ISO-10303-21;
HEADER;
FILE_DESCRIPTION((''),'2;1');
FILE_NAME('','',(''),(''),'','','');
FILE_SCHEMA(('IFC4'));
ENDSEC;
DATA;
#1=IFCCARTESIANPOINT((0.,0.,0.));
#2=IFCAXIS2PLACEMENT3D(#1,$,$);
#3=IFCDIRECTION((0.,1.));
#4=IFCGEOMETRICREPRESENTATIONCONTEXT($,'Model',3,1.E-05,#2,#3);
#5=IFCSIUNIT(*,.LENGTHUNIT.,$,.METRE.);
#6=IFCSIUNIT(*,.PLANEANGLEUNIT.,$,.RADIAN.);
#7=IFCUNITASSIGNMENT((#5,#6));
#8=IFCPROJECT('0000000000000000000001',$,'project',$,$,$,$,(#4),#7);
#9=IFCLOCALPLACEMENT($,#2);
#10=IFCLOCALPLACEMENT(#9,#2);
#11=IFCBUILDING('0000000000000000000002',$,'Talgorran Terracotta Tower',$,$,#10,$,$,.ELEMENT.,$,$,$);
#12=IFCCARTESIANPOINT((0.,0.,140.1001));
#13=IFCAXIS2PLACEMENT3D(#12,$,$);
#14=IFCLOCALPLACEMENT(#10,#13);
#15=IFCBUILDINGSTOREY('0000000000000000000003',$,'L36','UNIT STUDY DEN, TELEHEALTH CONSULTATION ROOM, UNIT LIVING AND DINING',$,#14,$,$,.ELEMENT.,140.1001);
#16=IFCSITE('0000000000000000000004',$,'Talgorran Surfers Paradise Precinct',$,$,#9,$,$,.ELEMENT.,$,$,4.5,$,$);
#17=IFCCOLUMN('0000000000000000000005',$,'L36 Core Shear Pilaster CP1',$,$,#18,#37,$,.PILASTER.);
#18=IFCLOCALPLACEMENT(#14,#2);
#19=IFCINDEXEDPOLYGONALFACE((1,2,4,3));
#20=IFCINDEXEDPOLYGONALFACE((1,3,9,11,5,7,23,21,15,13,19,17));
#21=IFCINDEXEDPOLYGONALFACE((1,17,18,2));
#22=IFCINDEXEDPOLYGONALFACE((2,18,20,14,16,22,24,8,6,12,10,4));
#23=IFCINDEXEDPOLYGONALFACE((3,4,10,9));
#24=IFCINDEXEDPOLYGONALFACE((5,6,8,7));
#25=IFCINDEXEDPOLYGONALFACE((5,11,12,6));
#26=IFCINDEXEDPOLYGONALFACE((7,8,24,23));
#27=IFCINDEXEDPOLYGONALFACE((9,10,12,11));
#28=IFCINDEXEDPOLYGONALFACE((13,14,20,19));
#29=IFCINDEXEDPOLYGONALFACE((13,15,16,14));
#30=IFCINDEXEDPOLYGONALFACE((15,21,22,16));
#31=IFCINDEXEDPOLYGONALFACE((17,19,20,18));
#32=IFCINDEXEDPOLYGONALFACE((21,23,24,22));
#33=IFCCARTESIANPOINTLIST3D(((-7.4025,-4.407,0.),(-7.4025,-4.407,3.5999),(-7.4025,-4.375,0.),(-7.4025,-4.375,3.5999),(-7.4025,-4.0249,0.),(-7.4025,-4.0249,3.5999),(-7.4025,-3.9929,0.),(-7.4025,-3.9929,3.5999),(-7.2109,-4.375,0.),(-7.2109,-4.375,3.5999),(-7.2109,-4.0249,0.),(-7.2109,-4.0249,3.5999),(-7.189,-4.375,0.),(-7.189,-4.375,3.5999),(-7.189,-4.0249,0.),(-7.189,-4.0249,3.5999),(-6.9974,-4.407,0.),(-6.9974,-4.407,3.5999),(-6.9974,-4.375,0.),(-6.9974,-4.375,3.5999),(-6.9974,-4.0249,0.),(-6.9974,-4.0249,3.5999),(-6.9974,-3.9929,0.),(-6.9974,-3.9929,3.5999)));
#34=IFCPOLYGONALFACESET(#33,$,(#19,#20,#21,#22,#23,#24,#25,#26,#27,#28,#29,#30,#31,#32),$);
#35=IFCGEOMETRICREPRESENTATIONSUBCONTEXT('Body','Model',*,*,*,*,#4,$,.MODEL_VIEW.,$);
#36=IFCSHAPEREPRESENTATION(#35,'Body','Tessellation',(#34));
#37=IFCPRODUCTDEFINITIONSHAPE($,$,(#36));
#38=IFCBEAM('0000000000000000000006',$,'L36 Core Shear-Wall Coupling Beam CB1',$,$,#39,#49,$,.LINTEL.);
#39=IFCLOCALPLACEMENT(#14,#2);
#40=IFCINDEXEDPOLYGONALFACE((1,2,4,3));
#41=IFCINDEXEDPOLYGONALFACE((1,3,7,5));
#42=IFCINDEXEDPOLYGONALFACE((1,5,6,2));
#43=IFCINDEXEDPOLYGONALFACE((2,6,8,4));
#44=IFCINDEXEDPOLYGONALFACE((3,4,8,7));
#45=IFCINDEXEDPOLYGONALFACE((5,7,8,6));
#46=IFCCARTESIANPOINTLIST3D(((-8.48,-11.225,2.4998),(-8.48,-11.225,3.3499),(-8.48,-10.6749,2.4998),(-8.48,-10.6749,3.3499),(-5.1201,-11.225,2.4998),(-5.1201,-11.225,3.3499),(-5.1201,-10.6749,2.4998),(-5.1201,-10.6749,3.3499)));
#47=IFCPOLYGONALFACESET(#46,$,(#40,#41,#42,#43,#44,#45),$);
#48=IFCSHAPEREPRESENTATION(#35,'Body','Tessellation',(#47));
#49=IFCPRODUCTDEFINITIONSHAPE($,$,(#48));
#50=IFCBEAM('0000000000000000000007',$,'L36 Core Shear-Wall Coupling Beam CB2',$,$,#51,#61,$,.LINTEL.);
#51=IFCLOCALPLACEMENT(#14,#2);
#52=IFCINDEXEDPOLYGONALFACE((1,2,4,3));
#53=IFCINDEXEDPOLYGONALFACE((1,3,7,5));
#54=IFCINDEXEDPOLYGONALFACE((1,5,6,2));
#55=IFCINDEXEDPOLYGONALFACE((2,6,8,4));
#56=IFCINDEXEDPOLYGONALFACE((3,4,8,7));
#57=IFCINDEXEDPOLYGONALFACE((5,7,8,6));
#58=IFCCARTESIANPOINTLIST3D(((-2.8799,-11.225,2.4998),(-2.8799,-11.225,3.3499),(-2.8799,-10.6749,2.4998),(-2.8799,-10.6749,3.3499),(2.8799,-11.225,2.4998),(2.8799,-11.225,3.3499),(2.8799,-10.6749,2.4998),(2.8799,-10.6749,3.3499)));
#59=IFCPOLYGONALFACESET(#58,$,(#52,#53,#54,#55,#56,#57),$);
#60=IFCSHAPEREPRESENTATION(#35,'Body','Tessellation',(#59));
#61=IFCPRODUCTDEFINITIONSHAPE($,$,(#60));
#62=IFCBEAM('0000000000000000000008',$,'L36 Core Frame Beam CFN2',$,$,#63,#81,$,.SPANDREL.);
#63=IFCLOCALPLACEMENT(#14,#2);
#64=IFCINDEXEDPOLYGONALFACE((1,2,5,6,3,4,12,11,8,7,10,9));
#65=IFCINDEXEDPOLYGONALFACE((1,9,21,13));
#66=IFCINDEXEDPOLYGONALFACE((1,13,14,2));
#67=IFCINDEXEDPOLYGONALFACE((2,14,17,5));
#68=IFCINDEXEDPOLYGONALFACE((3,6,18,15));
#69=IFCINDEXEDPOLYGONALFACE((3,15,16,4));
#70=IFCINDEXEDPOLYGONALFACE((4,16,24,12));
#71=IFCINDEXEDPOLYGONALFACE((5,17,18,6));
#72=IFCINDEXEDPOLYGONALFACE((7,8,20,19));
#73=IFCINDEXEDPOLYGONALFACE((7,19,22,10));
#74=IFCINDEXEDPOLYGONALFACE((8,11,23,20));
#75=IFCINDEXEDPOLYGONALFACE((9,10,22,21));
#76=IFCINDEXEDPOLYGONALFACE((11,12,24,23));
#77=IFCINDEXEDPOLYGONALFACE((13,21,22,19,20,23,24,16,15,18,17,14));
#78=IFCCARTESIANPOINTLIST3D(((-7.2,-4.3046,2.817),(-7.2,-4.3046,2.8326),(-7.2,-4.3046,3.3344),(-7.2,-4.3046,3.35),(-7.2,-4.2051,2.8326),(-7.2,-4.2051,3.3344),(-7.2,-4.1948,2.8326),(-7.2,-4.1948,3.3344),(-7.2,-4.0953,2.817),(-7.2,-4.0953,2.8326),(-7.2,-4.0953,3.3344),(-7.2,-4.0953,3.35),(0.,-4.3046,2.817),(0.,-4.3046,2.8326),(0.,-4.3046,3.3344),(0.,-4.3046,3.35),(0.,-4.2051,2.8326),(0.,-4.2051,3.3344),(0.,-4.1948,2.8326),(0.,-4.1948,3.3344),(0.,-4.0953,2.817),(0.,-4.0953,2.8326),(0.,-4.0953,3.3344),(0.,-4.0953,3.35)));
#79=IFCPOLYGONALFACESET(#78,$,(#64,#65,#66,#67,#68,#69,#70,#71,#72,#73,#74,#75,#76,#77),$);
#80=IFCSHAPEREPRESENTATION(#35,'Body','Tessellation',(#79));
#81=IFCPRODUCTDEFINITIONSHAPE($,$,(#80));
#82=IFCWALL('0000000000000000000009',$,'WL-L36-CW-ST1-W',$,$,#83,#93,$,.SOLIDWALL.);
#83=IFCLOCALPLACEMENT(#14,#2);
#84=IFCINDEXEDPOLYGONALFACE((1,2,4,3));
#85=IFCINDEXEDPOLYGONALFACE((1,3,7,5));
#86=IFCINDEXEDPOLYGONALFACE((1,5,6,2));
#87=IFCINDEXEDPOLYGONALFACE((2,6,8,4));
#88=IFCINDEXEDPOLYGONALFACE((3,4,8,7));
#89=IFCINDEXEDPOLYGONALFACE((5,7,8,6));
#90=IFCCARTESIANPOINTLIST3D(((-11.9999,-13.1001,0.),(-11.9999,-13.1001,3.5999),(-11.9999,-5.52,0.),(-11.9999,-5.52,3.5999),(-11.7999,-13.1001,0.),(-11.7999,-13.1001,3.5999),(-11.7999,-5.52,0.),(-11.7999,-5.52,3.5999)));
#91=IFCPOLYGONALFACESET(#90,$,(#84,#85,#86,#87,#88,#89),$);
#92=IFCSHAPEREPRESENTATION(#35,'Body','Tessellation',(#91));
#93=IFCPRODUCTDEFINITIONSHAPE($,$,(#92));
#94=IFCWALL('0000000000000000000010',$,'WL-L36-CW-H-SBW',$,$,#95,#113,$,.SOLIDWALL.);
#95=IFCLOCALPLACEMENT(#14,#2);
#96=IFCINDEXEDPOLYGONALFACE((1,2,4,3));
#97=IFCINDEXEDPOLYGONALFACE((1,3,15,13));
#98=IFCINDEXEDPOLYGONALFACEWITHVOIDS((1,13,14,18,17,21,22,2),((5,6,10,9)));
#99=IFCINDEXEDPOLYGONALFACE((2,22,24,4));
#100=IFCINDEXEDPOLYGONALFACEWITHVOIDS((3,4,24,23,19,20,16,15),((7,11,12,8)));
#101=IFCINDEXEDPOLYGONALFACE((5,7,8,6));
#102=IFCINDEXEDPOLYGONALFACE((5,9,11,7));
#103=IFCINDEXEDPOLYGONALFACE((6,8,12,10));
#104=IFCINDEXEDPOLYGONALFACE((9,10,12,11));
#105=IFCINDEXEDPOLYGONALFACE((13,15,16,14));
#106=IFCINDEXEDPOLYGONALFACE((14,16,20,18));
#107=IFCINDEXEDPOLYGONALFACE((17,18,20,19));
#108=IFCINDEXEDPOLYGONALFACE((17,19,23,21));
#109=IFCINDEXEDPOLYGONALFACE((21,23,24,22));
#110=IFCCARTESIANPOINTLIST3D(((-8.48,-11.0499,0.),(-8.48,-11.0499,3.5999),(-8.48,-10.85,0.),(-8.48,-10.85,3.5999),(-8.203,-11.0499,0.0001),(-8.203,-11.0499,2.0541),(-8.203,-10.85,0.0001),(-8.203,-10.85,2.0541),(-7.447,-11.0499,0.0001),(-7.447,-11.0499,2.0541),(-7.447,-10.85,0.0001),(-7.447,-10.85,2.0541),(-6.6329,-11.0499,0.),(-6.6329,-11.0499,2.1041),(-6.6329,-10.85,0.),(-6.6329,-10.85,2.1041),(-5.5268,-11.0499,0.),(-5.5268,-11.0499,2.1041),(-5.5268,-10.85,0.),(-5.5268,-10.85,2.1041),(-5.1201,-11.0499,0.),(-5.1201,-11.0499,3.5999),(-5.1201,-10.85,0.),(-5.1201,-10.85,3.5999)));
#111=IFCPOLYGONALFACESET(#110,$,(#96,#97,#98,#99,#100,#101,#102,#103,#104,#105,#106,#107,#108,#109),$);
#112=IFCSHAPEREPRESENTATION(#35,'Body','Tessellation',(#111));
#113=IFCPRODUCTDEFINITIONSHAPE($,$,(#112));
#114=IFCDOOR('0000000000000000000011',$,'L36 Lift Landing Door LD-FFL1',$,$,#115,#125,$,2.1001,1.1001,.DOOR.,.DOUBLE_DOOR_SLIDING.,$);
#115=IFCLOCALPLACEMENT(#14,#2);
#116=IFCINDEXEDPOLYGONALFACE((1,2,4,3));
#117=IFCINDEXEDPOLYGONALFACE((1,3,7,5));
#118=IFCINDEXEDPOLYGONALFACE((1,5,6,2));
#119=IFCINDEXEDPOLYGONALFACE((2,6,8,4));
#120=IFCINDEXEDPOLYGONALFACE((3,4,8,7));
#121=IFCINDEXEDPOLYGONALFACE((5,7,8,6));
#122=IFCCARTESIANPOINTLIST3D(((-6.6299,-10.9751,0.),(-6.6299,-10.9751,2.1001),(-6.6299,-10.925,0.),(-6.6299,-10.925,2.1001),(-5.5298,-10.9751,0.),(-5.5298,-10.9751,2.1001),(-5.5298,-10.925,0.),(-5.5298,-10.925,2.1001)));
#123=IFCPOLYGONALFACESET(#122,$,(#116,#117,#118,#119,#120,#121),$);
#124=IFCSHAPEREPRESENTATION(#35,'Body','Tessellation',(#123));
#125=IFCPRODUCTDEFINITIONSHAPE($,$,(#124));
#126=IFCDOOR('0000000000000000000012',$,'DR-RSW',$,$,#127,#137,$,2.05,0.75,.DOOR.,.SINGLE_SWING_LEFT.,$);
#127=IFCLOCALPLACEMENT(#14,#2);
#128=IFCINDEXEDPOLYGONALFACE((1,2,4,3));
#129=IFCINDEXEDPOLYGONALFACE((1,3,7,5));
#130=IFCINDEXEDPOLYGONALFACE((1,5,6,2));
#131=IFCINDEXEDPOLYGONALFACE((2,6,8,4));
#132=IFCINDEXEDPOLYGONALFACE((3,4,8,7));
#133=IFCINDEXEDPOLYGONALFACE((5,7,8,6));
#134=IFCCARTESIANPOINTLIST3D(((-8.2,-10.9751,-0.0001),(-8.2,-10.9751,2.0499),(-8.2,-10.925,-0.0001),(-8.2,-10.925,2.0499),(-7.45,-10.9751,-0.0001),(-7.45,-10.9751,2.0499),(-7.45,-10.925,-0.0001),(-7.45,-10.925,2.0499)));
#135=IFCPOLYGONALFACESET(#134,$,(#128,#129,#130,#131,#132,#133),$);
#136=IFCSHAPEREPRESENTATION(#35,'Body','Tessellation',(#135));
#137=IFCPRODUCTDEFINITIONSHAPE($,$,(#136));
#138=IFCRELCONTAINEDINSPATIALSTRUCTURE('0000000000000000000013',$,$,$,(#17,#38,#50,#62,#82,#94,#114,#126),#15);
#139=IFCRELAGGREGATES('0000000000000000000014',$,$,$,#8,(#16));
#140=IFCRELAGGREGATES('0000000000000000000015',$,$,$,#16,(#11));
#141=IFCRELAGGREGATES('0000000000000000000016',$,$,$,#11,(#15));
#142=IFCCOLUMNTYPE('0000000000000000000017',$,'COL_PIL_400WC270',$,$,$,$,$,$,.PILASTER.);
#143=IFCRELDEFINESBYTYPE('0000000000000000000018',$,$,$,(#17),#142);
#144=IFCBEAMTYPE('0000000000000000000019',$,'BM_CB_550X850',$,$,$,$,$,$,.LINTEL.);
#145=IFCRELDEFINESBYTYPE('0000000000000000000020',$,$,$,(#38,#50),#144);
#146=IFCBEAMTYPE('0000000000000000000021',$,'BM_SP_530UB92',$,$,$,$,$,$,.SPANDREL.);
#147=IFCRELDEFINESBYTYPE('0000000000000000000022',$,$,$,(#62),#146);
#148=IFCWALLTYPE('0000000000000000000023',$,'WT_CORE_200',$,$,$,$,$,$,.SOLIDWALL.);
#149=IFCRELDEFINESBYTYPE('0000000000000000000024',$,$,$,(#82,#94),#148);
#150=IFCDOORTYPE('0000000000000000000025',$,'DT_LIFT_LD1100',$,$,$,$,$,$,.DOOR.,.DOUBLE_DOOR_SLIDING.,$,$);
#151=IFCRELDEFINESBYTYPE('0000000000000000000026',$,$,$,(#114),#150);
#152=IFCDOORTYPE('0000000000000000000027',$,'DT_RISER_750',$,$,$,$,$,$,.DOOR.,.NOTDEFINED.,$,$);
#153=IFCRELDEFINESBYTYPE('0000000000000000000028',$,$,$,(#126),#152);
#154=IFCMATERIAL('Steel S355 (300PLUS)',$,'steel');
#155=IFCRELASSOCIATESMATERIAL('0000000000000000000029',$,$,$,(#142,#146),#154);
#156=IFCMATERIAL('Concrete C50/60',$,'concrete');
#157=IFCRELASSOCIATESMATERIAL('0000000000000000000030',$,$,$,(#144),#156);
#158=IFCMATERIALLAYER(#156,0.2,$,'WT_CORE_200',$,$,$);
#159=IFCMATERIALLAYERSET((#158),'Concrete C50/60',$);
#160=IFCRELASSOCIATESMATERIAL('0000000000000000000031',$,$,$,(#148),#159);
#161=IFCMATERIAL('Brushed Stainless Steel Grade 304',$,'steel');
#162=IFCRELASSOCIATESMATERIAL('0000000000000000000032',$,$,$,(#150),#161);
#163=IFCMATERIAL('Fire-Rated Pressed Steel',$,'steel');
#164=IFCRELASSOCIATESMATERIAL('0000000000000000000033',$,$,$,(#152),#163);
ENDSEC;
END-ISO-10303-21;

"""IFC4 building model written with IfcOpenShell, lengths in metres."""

from ifc_helpers import new_model, si_unit, direction, frame, frame_2d, origin, origin_2d, place, context, subcontext, project, spatial, rectangle, i_section, extrude, material, layer, layer_set, material_profile, profile_set, type_object, element, fill, save


model = new_model("IFC4")

# Units and contexts
model_context = context("Model", 3, precision=1e-05, world=origin(), true_north=direction((0.0, 1.0)))
body_context = subcontext(model_context, "Body", "Model", "MODEL_VIEW")
ifc_project = project(units=[si_unit("LENGTHUNIT", "METRE"), si_unit("PLANEANGLEUNIT", "RADIAN")], contexts=[model_context])

# Site, building, storey
site_placement = place(None, origin())
site = spatial("IfcSite", under=ifc_project, at=site_placement, Name="Talgorran Surfers Paradise Precinct", CompositionType="ELEMENT", RefElevation=4.5)
building_placement = place(site_placement, origin())
building = spatial("IfcBuilding", under=site, at=building_placement, Name="Talgorran Terracotta Tower", CompositionType="ELEMENT")
storey_placement = place(building_placement, frame((0.0, 0.0, 140.1001)))
storey = spatial("IfcBuildingStorey", under=building, at=storey_placement, Name="L36", Description="UNIT STUDY DEN, TELEHEALTH CONSULTATION ROOM, UNIT LIVING AND DINING", CompositionType="ELEMENT", Elevation=140.1001)

# Column
ifc_material_1 = material(Name="Steel S355 (300PLUS)", Category="steel")
ifc_material_profile_1 = material_profile(ifc_material_1, i_section(OverallWidth=0.405, OverallDepth=0.4141, WebThickness=0.022, FlangeThickness=0.032, at=origin_2d()), Name="400WC270")
ifc_profile_set_1 = profile_set([ifc_material_profile_1], Name="Steel S355 (300PLUS)")
column_type = type_object("IfcColumnType", Name="COL_PIL_400WC270", PredefinedType="PILASTER", material=ifc_profile_set_1)
column_placement = place(storey_placement, frame((-7.2, -4.2, 0.0), z_axis=(0.0, 0.0, 1.0), x_axis=(1.0, 0.0, 0.0)))
element("IfcColumn", 1, at=column_placement, inside=storey, type_object=column_type, Name="L36 Core Shear Pilaster CP1", PredefinedType="PILASTER", context=body_context, shape_type="SweptSolid", body=[
    extrude(i_section(OverallWidth=0.405, OverallDepth=0.4141, WebThickness=0.022, FlangeThickness=0.032, at=origin_2d()), origin(), (0.0, 0.0, 1.0), 3.5999),
])

# Beams
ifc_material_2 = material(Name="Concrete C50/60", Category="concrete")
ifc_material_profile_2 = material_profile(ifc_material_2, rectangle(XDim=0.55, YDim=0.8501, at=origin_2d()), Name="RCCB550X850")
ifc_profile_set_2 = profile_set([ifc_material_profile_2], Name="Concrete C50/60")
beam_type_1 = type_object("IfcBeamType", Name="BM_CB_550X850", PredefinedType="LINTEL", material=ifc_profile_set_2)
beam_1_placement = place(storey_placement, frame((-8.48, -10.95, 2.9248), z_axis=(1.0, 0.0, 0.0), x_axis=(0.0, 1.0, 0.0)))
element("IfcBeam", 2, at=beam_1_placement, inside=storey, type_object=beam_type_1, Name="L36 Core Shear-Wall Coupling Beam CB1", PredefinedType="LINTEL", context=body_context, shape_type="SweptSolid", body=[
    extrude(rectangle(XDim=0.55, YDim=0.8501, at=origin_2d()), origin(), (0.0, 0.0, 1.0), 3.3599),
])
beam_2_placement = place(storey_placement, frame((-2.8799, -10.95, 2.9248), z_axis=(1.0, 0.0, 0.0), x_axis=(0.0, 1.0, 0.0)))
element("IfcBeam", 3, at=beam_2_placement, inside=storey, type_object=beam_type_1, Name="L36 Core Shear-Wall Coupling Beam CB2", PredefinedType="LINTEL", context=body_context, shape_type="SweptSolid", body=[
    extrude(rectangle(XDim=0.55, YDim=0.8501, at=origin_2d()), origin(), (0.0, 0.0, 1.0), 5.7598),
])
ifc_material_profile_3 = material_profile(ifc_material_1, i_section(OverallWidth=0.2092, OverallDepth=0.533, WebThickness=0.0103, FlangeThickness=0.0156, at=origin_2d()), Name="530UB92.4")
ifc_profile_set_3 = profile_set([ifc_material_profile_3], Name="Steel S355 (300PLUS)")
beam_type_2 = type_object("IfcBeamType", Name="BM_SP_530UB92", PredefinedType="SPANDREL", material=ifc_profile_set_3)
beam_3_placement = place(storey_placement, frame((-7.2, -4.2, 3.0835), z_axis=(1.0, 0.0, 0.0), x_axis=(0.0, 1.0, 0.0)))
element("IfcBeam", 4, at=beam_3_placement, inside=storey, type_object=beam_type_2, Name="L36 Core Frame Beam CFN2", PredefinedType="SPANDREL", context=body_context, shape_type="SweptSolid", body=[
    extrude(i_section(OverallWidth=0.2092, OverallDepth=0.533, WebThickness=0.0103, FlangeThickness=0.0156, at=origin_2d()), origin(), (0.0, 0.0, 1.0), 7.2),
])

# Wall
ifc_layer_1 = layer(ifc_material_2, 0.2, Name="WT_CORE_200")
ifc_layer_set_1 = layer_set([ifc_layer_1], Name="Concrete C50/60")
wall_type_1 = type_object("IfcWallType", Name="WT_CORE_200", PredefinedType="SOLIDWALL", material=ifc_layer_set_1)
wall_1_placement = place(storey_placement, frame((-11.8999, -13.1001, 0.0), z_axis=(0.0, 0.0, 1.0), x_axis=(0.0, 1.0, 0.0)))
element("IfcWall", 5, at=wall_1_placement, inside=storey, type_object=wall_type_1, Name="WL-L36-CW-ST1-W", PredefinedType="SOLIDWALL", context=body_context, shape_type="SweptSolid", body=[
    extrude(rectangle(XDim=7.5801, YDim=0.2, at=frame_2d((3.79, 0.0))), origin(), (0.0, 0.0, 1.0), 3.5999),
])

# Wall, openings, doors
wall_2_placement = place(storey_placement, frame((-8.48, -10.95, 0.0), z_axis=(0.0, 0.0, 1.0), x_axis=(1.0, 0.0, 0.0)))
wall_2 = element("IfcWall", 6, at=wall_2_placement, inside=storey, type_object=wall_type_1, Name="WL-L36-CW-H-SBW", PredefinedType="SOLIDWALL", context=body_context, shape_type="SweptSolid", body=[
    extrude(rectangle(XDim=3.3599, YDim=0.2, at=frame_2d((1.6799, 0.0))), origin(), (0.0, 0.0, 1.0), 3.5999),
])
opening_1_placement = place(wall_2_placement, frame((0.28, 0.0, 0.0)))
opening_1 = element("IfcOpeningElement", 7, at=opening_1_placement, cuts=wall_2, PredefinedType="OPENING", context=body_context, shape_type="SweptSolid", body=[
    extrude(rectangle(XDim=0.756, YDim=2.054, at=frame_2d((0.375, 1.0271))), frame((0.0, 0.1099, 0.0), z_axis=(0.0, -1.0, 0.0), x_axis=(1.0, 0.0, 0.0)), (0.0, 0.0, 1.0), 0.22),
])
opening_2_placement = place(wall_2_placement, frame((1.8501, 0.0, 0.0)))
opening_2 = element("IfcOpeningElement", 8, at=opening_2_placement, cuts=wall_2, PredefinedType="OPENING", context=body_context, shape_type="SweptSolid", body=[
    extrude(rectangle(XDim=1.1061, YDim=2.1041, at=frame_2d((0.55, 1.052))), frame((0.0, 0.1099, 0.0), z_axis=(0.0, -1.0, 0.0), x_axis=(1.0, 0.0, 0.0)), (0.0, 0.0, 1.0), 0.22),
])
ifc_material_3 = material(Name="Brushed Stainless Steel Grade 304", Category="steel")
door_type_1 = type_object("IfcDoorType", Name="DT_LIFT_LD1100", OperationType="DOUBLE_DOOR_SLIDING", PredefinedType="DOOR", material=ifc_material_3)
door_1_placement = place(opening_2_placement, origin())
door_1 = element("IfcDoor", 9, at=door_1_placement, inside=storey, type_object=door_type_1, Name="L36 Lift Landing Door LD-FFL1", OperationType="DOUBLE_DOOR_SLIDING", OverallHeight=2.1001, OverallWidth=1.1001, PredefinedType="DOOR", context=body_context, shape_type="SweptSolid", body=[
    extrude(rectangle(XDim=1.1001, YDim=2.1001, at=frame_2d((0.55, 1.05))), frame((0.0, 0.0249, 0.0), z_axis=(0.0, -1.0, 0.0), x_axis=(1.0, 0.0, 0.0)), (0.0, 0.0, 1.0), 0.05),
])
fill(opening_2, door_1)
ifc_material_4 = material(Name="Fire-Rated Pressed Steel", Category="steel")
door_type_2 = type_object("IfcDoorType", Name="DT_RISER_750", OperationType="NOTDEFINED", PredefinedType="DOOR", material=ifc_material_4)
door_2_placement = place(opening_1_placement, origin())
door_2 = element("IfcDoor", 10, at=door_2_placement, inside=storey, type_object=door_type_2, Name="DR-RSW", OperationType="SINGLE_SWING_LEFT", OverallHeight=2.05, OverallWidth=0.75, PredefinedType="DOOR", context=body_context, shape_type="SweptSolid", body=[
    extrude(rectangle(XDim=0.75, YDim=2.05, at=frame_2d((0.375, 1.0249))), frame((0.0, 0.0249, 0.0), z_axis=(0.0, -1.0, 0.0), x_axis=(1.0, 0.0, 0.0)), (0.0, 0.0, 1.0), 0.05),
])
fill(opening_1, door_2)

save(model, "model.ifc")
